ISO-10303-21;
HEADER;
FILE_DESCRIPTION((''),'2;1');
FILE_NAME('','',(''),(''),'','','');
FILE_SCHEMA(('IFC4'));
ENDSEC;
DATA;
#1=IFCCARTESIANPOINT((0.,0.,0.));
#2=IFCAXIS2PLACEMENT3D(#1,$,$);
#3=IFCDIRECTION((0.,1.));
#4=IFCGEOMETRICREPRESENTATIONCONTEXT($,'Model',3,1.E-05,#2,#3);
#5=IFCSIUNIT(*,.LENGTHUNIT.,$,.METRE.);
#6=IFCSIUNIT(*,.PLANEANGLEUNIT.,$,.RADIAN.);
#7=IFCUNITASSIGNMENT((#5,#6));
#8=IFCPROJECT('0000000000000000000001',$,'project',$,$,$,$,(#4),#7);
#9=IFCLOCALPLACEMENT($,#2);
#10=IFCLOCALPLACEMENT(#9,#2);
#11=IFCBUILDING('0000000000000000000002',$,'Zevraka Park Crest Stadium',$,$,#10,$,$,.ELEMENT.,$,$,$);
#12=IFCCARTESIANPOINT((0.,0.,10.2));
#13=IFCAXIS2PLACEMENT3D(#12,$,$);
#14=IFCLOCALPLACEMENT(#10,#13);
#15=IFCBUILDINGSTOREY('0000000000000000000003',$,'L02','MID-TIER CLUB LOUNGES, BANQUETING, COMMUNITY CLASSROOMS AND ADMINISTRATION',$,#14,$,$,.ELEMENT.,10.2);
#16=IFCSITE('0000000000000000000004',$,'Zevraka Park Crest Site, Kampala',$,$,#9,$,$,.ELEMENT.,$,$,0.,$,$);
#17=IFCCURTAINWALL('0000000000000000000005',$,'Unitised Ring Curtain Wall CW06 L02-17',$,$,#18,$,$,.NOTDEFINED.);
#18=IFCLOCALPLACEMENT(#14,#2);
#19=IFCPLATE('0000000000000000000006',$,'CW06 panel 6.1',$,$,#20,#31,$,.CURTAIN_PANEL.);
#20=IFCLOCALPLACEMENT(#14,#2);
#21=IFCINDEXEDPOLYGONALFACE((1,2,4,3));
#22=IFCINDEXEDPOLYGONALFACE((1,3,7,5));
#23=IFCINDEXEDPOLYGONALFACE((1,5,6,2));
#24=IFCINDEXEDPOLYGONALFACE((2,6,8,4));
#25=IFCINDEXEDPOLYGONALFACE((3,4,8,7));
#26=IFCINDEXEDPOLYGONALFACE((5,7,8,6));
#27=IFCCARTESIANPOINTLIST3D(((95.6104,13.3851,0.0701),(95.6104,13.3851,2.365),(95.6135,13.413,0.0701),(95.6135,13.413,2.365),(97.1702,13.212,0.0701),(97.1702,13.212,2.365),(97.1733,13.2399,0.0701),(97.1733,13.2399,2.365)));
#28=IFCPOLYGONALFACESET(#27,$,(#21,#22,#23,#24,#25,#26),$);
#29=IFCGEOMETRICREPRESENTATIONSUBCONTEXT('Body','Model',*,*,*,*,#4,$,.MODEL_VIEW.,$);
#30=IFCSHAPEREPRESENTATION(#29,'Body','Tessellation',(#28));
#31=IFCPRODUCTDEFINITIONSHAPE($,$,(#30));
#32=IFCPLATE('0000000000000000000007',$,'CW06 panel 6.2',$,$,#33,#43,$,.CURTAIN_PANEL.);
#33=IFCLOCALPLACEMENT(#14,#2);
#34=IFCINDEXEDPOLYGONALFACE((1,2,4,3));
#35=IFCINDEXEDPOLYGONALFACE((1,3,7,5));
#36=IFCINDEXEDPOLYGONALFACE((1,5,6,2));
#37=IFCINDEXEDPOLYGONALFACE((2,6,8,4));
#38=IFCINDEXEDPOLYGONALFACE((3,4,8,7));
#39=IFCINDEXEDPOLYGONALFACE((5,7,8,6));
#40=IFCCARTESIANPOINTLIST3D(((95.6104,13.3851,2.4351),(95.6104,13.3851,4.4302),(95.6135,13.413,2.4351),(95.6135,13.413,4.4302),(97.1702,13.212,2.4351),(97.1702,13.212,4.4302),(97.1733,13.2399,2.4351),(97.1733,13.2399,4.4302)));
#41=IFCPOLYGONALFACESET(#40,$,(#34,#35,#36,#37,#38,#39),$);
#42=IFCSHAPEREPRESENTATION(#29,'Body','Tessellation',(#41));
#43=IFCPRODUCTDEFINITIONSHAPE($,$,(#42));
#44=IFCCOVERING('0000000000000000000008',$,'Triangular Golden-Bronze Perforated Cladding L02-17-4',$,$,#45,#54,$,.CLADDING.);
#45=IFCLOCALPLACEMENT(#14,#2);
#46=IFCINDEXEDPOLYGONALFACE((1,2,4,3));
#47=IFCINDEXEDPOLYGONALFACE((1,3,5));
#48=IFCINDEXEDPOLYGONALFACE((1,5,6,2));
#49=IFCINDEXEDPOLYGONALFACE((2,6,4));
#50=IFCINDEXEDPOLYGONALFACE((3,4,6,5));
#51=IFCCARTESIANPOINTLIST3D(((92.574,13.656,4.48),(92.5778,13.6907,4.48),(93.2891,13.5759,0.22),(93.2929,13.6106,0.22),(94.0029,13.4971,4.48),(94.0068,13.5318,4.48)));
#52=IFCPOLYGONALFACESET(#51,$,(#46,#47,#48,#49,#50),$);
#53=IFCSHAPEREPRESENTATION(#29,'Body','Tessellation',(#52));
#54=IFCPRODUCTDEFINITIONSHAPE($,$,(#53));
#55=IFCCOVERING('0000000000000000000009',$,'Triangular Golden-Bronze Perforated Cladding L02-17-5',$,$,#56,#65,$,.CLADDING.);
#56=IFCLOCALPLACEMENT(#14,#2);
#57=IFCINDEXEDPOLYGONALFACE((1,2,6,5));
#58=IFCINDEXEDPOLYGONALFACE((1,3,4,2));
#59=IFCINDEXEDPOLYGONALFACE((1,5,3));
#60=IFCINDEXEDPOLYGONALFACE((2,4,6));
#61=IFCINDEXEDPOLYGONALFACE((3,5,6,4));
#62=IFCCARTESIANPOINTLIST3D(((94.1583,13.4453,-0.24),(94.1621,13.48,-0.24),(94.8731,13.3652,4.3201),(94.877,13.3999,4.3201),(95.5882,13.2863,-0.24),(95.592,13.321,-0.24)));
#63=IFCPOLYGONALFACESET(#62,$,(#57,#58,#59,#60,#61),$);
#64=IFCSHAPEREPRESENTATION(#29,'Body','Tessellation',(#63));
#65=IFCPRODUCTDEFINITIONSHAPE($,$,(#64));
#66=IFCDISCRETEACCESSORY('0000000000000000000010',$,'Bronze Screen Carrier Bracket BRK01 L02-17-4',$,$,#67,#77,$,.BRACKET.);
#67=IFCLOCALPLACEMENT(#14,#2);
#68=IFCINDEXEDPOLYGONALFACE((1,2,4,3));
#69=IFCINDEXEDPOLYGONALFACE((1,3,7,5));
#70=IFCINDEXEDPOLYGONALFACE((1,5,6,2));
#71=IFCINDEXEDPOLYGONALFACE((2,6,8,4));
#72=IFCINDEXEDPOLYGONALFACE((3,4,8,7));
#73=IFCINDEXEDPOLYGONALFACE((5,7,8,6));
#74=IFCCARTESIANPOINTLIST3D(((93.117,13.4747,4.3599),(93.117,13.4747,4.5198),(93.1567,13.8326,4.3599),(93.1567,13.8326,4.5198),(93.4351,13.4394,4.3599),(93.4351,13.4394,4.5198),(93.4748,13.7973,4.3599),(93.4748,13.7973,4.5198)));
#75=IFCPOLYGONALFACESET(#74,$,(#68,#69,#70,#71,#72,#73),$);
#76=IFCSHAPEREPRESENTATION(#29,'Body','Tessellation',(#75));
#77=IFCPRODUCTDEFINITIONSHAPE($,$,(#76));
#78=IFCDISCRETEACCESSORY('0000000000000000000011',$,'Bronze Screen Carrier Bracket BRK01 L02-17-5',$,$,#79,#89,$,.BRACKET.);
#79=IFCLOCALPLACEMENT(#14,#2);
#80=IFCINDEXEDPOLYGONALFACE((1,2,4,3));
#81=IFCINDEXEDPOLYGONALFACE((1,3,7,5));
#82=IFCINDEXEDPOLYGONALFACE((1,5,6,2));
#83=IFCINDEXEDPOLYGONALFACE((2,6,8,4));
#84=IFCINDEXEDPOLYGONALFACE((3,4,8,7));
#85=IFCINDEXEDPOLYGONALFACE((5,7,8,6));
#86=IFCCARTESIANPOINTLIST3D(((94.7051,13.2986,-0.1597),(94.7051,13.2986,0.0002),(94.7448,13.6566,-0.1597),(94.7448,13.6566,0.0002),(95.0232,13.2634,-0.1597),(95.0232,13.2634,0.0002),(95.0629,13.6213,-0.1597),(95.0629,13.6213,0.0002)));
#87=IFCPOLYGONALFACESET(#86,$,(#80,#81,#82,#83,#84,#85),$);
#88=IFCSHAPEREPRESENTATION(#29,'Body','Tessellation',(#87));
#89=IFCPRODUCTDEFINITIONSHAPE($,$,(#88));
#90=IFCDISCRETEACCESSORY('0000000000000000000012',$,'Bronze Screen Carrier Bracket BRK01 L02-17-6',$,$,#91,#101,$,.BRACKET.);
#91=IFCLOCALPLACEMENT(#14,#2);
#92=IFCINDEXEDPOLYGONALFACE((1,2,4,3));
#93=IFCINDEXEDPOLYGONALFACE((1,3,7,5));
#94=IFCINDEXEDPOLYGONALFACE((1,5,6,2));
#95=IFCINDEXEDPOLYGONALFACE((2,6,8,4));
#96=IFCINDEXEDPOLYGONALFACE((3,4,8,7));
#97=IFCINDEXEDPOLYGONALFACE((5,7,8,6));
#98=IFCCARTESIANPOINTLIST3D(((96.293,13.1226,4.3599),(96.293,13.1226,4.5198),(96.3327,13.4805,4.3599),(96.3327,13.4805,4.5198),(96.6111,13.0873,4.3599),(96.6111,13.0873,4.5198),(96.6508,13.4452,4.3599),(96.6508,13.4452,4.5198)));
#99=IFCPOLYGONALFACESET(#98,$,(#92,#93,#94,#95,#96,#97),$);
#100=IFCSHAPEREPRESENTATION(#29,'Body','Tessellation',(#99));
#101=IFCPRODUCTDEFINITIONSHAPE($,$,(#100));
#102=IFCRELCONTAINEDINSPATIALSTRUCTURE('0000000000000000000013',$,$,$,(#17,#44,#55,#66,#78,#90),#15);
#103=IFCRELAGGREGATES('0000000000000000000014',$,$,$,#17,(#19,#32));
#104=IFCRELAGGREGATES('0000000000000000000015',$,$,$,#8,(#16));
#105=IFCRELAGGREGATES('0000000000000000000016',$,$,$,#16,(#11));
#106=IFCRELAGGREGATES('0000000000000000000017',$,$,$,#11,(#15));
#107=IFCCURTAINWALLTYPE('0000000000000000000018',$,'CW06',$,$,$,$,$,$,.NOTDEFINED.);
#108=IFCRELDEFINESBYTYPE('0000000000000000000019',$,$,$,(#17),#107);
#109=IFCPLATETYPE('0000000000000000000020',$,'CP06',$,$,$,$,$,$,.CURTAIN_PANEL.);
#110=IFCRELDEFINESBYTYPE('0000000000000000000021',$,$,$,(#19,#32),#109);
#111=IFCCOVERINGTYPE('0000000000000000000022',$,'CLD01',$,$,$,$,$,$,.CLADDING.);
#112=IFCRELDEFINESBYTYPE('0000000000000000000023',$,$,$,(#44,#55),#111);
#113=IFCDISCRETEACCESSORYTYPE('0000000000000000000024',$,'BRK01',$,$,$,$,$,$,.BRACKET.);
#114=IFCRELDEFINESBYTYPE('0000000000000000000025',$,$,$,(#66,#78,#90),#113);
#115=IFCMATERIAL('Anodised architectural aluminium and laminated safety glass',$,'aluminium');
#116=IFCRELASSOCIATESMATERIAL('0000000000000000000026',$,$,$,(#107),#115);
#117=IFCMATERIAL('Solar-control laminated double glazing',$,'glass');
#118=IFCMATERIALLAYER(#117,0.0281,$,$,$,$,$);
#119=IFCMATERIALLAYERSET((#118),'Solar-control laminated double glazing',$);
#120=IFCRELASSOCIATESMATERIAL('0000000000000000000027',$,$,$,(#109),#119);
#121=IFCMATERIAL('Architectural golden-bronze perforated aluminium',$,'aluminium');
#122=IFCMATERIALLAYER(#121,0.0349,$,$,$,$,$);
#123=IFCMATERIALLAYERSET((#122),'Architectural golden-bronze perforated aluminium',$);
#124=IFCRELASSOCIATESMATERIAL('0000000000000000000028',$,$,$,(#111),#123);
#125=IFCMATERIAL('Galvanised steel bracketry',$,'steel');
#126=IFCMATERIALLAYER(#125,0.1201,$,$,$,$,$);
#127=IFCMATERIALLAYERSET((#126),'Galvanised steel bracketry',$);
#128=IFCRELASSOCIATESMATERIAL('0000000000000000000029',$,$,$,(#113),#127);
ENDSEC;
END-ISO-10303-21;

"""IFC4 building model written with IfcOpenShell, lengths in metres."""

from ifc_helpers import new_model, si_unit, direction, frame, origin, origin_2d, place, context, subcontext, project, spatial, polyline, rectangle, outline, extrude, material, layer, layer_set, type_object, element, aggregate, save


model = new_model("IFC4")

# Units and contexts
model_context = context("Model", 3, precision=1e-05, world=origin(), true_north=direction((0.0, 1.0)))
body_context = subcontext(model_context, "Body", "Model", "MODEL_VIEW")
ifc_project = project(units=[si_unit("LENGTHUNIT", "METRE"), si_unit("PLANEANGLEUNIT", "RADIAN")], contexts=[model_context])

# Site, building, storey
site_placement = place(None, origin())
site = spatial("IfcSite", under=ifc_project, at=site_placement, Name="Zevraka Park Crest Site, Kampala", CompositionType="ELEMENT", RefElevation=0.0)
building_placement = place(site_placement, origin())
building = spatial("IfcBuilding", under=site, at=building_placement, Name="Zevraka Park Crest Stadium", CompositionType="ELEMENT")
storey_placement = place(building_placement, frame((0.0, 0.0, 10.2)))
storey = spatial("IfcBuildingStorey", under=building, at=storey_placement, Name="L02", Description="MID-TIER CLUB LOUNGES, BANQUETING, COMMUNITY CLASSROOMS AND ADMINISTRATION", CompositionType="ELEMENT", Elevation=10.2)

# Curtain wall, plates
ifc_material_1 = material(Name="Anodised architectural aluminium and laminated safety glass", Category="aluminium")
curtain_wall_type = type_object("IfcCurtainWallType", Name="CW06", PredefinedType="NOTDEFINED", material=ifc_material_1)
curtain_wall_placement = place(storey_placement, origin())
curtain_wall = element("IfcCurtainWall", 1, at=curtain_wall_placement, inside=storey, type_object=curtain_wall_type, Name="Unitised Ring Curtain Wall CW06 L02-17", PredefinedType="NOTDEFINED")
ifc_material_2 = material(Name="Solar-control laminated double glazing", Category="glass")
ifc_layer_1 = layer(ifc_material_2, 0.0281)
ifc_layer_set_1 = layer_set([ifc_layer_1], Name="Solar-control laminated double glazing")
plate_type = type_object("IfcPlateType", Name="CP06", PredefinedType="CURTAIN_PANEL", material=ifc_layer_set_1)
plate_1_placement = place(storey_placement, frame((96.3918, 13.3125, 0.0701), z_axis=(0.0, 0.0, 1.0), x_axis=(0.993899, -0.110293, 0.0)))
plate_1 = element("IfcPlate", 2, at=plate_1_placement, type_object=plate_type, Name="CW06 panel 6.1", PredefinedType="CURTAIN_PANEL", context=body_context, shape_type="SweptSolid", body=[
    extrude(rectangle(XDim=1.5693, YDim=0.0281, at=origin_2d()), origin(), (0.0, 0.0, 1.0), 2.2949),
])
plate_2_placement = place(storey_placement, frame((96.3918, 13.3125, 2.4351), z_axis=(0.0, 0.0, 1.0), x_axis=(0.993899, -0.110293, 0.0)))
plate_2 = element("IfcPlate", 3, at=plate_2_placement, type_object=plate_type, Name="CW06 panel 6.2", PredefinedType="CURTAIN_PANEL", context=body_context, shape_type="SweptSolid", body=[
    extrude(rectangle(XDim=1.5693, YDim=0.0281, at=origin_2d()), origin(), (0.0, 0.0, 1.0), 1.9951),
])
aggregate(curtain_wall, [plate_1, plate_2])

# Coverings
ifc_material_3 = material(Name="Architectural golden-bronze perforated aluminium", Category="aluminium")
ifc_layer_2 = layer(ifc_material_3, 0.0349)
ifc_layer_set_2 = layer_set([ifc_layer_2], Name="Architectural golden-bronze perforated aluminium")
covering_type = type_object("IfcCoveringType", Name="CLD01", PredefinedType="CLADDING", material=ifc_layer_set_2)
covering_1_placement = place(storey_placement, frame((94.0029, 13.4971, 4.48), z_axis=(-0.110543, -0.993871, 0.000127), x_axis=(-0.993871, 0.110543, 0.0)))
element("IfcCovering", 4, at=covering_1_placement, inside=storey, type_object=covering_type, Name="Triangular Golden-Bronze Perforated Cladding L02-17-4", PredefinedType="CLADDING", context=body_context, shape_type="SweptSolid", body=[
    extrude(outline(polyline([(0.0, 0.0), (1.4378, 0.0), (0.7182, 4.26), (0.0, 0.0)])), origin(), (0.0, 0.0, -1.0), 0.0349),
])
covering_2_placement = place(storey_placement, frame((94.1621, 13.48, -0.24), z_axis=(0.110469, 0.99388, 0.000136), x_axis=(0.99388, -0.110469, 0.0)))
element("IfcCovering", 5, at=covering_2_placement, inside=storey, type_object=covering_type, Name="Triangular Golden-Bronze Perforated Cladding L02-17-5", PredefinedType="CLADDING", context=body_context, shape_type="SweptSolid", body=[
    extrude(outline(polyline([(0.0, 0.0), (1.4387, 0.0), (0.7193, -4.5601), (0.0, 0.0)])), origin(), (0.0, 0.0, -1.0), 0.0349),
])

# Discrete accessories
ifc_material_4 = material(Name="Galvanised steel bracketry", Category="steel")
ifc_layer_3 = layer(ifc_material_4, 0.1201)
ifc_layer_set_3 = layer_set([ifc_layer_3], Name="Galvanised steel bracketry")
discrete_accessory_type = type_object("IfcDiscreteAccessoryType", Name="BRK01", PredefinedType="BRACKET", material=ifc_layer_set_3)
for number, where, z_axis, x_axis, name in (
    (6, (93.2959, 13.636, 4.3599), (0.0, 0.0, 1.0), (0.993903, -0.110255, 0.0), "Bronze Screen Carrier Bracket BRK01 L02-17-4"),
    (7, (94.884, 13.46, -0.1597), (0.0, 0.0, 1.0), (0.993903, -0.110255, 0.0), "Bronze Screen Carrier Bracket BRK01 L02-17-5"),
    (8, (96.4719, 13.2839, 4.3599), (0.0, 0.0, 1.0), (0.993903, -0.110255, 0.0), "Bronze Screen Carrier Bracket BRK01 L02-17-6"),
):
    element("IfcDiscreteAccessory", number, at=place(storey_placement, frame(where, z_axis=z_axis, x_axis=x_axis)), inside=storey, type_object=discrete_accessory_type, Name=name, PredefinedType="BRACKET", context=body_context, shape_type="SweptSolid", body=[
        extrude(rectangle(XDim=0.3201, YDim=0.3601, at=origin_2d()), origin(), (0.0, 0.0, 1.0), 0.1599),
    ])

save(model, "model.ifc")
